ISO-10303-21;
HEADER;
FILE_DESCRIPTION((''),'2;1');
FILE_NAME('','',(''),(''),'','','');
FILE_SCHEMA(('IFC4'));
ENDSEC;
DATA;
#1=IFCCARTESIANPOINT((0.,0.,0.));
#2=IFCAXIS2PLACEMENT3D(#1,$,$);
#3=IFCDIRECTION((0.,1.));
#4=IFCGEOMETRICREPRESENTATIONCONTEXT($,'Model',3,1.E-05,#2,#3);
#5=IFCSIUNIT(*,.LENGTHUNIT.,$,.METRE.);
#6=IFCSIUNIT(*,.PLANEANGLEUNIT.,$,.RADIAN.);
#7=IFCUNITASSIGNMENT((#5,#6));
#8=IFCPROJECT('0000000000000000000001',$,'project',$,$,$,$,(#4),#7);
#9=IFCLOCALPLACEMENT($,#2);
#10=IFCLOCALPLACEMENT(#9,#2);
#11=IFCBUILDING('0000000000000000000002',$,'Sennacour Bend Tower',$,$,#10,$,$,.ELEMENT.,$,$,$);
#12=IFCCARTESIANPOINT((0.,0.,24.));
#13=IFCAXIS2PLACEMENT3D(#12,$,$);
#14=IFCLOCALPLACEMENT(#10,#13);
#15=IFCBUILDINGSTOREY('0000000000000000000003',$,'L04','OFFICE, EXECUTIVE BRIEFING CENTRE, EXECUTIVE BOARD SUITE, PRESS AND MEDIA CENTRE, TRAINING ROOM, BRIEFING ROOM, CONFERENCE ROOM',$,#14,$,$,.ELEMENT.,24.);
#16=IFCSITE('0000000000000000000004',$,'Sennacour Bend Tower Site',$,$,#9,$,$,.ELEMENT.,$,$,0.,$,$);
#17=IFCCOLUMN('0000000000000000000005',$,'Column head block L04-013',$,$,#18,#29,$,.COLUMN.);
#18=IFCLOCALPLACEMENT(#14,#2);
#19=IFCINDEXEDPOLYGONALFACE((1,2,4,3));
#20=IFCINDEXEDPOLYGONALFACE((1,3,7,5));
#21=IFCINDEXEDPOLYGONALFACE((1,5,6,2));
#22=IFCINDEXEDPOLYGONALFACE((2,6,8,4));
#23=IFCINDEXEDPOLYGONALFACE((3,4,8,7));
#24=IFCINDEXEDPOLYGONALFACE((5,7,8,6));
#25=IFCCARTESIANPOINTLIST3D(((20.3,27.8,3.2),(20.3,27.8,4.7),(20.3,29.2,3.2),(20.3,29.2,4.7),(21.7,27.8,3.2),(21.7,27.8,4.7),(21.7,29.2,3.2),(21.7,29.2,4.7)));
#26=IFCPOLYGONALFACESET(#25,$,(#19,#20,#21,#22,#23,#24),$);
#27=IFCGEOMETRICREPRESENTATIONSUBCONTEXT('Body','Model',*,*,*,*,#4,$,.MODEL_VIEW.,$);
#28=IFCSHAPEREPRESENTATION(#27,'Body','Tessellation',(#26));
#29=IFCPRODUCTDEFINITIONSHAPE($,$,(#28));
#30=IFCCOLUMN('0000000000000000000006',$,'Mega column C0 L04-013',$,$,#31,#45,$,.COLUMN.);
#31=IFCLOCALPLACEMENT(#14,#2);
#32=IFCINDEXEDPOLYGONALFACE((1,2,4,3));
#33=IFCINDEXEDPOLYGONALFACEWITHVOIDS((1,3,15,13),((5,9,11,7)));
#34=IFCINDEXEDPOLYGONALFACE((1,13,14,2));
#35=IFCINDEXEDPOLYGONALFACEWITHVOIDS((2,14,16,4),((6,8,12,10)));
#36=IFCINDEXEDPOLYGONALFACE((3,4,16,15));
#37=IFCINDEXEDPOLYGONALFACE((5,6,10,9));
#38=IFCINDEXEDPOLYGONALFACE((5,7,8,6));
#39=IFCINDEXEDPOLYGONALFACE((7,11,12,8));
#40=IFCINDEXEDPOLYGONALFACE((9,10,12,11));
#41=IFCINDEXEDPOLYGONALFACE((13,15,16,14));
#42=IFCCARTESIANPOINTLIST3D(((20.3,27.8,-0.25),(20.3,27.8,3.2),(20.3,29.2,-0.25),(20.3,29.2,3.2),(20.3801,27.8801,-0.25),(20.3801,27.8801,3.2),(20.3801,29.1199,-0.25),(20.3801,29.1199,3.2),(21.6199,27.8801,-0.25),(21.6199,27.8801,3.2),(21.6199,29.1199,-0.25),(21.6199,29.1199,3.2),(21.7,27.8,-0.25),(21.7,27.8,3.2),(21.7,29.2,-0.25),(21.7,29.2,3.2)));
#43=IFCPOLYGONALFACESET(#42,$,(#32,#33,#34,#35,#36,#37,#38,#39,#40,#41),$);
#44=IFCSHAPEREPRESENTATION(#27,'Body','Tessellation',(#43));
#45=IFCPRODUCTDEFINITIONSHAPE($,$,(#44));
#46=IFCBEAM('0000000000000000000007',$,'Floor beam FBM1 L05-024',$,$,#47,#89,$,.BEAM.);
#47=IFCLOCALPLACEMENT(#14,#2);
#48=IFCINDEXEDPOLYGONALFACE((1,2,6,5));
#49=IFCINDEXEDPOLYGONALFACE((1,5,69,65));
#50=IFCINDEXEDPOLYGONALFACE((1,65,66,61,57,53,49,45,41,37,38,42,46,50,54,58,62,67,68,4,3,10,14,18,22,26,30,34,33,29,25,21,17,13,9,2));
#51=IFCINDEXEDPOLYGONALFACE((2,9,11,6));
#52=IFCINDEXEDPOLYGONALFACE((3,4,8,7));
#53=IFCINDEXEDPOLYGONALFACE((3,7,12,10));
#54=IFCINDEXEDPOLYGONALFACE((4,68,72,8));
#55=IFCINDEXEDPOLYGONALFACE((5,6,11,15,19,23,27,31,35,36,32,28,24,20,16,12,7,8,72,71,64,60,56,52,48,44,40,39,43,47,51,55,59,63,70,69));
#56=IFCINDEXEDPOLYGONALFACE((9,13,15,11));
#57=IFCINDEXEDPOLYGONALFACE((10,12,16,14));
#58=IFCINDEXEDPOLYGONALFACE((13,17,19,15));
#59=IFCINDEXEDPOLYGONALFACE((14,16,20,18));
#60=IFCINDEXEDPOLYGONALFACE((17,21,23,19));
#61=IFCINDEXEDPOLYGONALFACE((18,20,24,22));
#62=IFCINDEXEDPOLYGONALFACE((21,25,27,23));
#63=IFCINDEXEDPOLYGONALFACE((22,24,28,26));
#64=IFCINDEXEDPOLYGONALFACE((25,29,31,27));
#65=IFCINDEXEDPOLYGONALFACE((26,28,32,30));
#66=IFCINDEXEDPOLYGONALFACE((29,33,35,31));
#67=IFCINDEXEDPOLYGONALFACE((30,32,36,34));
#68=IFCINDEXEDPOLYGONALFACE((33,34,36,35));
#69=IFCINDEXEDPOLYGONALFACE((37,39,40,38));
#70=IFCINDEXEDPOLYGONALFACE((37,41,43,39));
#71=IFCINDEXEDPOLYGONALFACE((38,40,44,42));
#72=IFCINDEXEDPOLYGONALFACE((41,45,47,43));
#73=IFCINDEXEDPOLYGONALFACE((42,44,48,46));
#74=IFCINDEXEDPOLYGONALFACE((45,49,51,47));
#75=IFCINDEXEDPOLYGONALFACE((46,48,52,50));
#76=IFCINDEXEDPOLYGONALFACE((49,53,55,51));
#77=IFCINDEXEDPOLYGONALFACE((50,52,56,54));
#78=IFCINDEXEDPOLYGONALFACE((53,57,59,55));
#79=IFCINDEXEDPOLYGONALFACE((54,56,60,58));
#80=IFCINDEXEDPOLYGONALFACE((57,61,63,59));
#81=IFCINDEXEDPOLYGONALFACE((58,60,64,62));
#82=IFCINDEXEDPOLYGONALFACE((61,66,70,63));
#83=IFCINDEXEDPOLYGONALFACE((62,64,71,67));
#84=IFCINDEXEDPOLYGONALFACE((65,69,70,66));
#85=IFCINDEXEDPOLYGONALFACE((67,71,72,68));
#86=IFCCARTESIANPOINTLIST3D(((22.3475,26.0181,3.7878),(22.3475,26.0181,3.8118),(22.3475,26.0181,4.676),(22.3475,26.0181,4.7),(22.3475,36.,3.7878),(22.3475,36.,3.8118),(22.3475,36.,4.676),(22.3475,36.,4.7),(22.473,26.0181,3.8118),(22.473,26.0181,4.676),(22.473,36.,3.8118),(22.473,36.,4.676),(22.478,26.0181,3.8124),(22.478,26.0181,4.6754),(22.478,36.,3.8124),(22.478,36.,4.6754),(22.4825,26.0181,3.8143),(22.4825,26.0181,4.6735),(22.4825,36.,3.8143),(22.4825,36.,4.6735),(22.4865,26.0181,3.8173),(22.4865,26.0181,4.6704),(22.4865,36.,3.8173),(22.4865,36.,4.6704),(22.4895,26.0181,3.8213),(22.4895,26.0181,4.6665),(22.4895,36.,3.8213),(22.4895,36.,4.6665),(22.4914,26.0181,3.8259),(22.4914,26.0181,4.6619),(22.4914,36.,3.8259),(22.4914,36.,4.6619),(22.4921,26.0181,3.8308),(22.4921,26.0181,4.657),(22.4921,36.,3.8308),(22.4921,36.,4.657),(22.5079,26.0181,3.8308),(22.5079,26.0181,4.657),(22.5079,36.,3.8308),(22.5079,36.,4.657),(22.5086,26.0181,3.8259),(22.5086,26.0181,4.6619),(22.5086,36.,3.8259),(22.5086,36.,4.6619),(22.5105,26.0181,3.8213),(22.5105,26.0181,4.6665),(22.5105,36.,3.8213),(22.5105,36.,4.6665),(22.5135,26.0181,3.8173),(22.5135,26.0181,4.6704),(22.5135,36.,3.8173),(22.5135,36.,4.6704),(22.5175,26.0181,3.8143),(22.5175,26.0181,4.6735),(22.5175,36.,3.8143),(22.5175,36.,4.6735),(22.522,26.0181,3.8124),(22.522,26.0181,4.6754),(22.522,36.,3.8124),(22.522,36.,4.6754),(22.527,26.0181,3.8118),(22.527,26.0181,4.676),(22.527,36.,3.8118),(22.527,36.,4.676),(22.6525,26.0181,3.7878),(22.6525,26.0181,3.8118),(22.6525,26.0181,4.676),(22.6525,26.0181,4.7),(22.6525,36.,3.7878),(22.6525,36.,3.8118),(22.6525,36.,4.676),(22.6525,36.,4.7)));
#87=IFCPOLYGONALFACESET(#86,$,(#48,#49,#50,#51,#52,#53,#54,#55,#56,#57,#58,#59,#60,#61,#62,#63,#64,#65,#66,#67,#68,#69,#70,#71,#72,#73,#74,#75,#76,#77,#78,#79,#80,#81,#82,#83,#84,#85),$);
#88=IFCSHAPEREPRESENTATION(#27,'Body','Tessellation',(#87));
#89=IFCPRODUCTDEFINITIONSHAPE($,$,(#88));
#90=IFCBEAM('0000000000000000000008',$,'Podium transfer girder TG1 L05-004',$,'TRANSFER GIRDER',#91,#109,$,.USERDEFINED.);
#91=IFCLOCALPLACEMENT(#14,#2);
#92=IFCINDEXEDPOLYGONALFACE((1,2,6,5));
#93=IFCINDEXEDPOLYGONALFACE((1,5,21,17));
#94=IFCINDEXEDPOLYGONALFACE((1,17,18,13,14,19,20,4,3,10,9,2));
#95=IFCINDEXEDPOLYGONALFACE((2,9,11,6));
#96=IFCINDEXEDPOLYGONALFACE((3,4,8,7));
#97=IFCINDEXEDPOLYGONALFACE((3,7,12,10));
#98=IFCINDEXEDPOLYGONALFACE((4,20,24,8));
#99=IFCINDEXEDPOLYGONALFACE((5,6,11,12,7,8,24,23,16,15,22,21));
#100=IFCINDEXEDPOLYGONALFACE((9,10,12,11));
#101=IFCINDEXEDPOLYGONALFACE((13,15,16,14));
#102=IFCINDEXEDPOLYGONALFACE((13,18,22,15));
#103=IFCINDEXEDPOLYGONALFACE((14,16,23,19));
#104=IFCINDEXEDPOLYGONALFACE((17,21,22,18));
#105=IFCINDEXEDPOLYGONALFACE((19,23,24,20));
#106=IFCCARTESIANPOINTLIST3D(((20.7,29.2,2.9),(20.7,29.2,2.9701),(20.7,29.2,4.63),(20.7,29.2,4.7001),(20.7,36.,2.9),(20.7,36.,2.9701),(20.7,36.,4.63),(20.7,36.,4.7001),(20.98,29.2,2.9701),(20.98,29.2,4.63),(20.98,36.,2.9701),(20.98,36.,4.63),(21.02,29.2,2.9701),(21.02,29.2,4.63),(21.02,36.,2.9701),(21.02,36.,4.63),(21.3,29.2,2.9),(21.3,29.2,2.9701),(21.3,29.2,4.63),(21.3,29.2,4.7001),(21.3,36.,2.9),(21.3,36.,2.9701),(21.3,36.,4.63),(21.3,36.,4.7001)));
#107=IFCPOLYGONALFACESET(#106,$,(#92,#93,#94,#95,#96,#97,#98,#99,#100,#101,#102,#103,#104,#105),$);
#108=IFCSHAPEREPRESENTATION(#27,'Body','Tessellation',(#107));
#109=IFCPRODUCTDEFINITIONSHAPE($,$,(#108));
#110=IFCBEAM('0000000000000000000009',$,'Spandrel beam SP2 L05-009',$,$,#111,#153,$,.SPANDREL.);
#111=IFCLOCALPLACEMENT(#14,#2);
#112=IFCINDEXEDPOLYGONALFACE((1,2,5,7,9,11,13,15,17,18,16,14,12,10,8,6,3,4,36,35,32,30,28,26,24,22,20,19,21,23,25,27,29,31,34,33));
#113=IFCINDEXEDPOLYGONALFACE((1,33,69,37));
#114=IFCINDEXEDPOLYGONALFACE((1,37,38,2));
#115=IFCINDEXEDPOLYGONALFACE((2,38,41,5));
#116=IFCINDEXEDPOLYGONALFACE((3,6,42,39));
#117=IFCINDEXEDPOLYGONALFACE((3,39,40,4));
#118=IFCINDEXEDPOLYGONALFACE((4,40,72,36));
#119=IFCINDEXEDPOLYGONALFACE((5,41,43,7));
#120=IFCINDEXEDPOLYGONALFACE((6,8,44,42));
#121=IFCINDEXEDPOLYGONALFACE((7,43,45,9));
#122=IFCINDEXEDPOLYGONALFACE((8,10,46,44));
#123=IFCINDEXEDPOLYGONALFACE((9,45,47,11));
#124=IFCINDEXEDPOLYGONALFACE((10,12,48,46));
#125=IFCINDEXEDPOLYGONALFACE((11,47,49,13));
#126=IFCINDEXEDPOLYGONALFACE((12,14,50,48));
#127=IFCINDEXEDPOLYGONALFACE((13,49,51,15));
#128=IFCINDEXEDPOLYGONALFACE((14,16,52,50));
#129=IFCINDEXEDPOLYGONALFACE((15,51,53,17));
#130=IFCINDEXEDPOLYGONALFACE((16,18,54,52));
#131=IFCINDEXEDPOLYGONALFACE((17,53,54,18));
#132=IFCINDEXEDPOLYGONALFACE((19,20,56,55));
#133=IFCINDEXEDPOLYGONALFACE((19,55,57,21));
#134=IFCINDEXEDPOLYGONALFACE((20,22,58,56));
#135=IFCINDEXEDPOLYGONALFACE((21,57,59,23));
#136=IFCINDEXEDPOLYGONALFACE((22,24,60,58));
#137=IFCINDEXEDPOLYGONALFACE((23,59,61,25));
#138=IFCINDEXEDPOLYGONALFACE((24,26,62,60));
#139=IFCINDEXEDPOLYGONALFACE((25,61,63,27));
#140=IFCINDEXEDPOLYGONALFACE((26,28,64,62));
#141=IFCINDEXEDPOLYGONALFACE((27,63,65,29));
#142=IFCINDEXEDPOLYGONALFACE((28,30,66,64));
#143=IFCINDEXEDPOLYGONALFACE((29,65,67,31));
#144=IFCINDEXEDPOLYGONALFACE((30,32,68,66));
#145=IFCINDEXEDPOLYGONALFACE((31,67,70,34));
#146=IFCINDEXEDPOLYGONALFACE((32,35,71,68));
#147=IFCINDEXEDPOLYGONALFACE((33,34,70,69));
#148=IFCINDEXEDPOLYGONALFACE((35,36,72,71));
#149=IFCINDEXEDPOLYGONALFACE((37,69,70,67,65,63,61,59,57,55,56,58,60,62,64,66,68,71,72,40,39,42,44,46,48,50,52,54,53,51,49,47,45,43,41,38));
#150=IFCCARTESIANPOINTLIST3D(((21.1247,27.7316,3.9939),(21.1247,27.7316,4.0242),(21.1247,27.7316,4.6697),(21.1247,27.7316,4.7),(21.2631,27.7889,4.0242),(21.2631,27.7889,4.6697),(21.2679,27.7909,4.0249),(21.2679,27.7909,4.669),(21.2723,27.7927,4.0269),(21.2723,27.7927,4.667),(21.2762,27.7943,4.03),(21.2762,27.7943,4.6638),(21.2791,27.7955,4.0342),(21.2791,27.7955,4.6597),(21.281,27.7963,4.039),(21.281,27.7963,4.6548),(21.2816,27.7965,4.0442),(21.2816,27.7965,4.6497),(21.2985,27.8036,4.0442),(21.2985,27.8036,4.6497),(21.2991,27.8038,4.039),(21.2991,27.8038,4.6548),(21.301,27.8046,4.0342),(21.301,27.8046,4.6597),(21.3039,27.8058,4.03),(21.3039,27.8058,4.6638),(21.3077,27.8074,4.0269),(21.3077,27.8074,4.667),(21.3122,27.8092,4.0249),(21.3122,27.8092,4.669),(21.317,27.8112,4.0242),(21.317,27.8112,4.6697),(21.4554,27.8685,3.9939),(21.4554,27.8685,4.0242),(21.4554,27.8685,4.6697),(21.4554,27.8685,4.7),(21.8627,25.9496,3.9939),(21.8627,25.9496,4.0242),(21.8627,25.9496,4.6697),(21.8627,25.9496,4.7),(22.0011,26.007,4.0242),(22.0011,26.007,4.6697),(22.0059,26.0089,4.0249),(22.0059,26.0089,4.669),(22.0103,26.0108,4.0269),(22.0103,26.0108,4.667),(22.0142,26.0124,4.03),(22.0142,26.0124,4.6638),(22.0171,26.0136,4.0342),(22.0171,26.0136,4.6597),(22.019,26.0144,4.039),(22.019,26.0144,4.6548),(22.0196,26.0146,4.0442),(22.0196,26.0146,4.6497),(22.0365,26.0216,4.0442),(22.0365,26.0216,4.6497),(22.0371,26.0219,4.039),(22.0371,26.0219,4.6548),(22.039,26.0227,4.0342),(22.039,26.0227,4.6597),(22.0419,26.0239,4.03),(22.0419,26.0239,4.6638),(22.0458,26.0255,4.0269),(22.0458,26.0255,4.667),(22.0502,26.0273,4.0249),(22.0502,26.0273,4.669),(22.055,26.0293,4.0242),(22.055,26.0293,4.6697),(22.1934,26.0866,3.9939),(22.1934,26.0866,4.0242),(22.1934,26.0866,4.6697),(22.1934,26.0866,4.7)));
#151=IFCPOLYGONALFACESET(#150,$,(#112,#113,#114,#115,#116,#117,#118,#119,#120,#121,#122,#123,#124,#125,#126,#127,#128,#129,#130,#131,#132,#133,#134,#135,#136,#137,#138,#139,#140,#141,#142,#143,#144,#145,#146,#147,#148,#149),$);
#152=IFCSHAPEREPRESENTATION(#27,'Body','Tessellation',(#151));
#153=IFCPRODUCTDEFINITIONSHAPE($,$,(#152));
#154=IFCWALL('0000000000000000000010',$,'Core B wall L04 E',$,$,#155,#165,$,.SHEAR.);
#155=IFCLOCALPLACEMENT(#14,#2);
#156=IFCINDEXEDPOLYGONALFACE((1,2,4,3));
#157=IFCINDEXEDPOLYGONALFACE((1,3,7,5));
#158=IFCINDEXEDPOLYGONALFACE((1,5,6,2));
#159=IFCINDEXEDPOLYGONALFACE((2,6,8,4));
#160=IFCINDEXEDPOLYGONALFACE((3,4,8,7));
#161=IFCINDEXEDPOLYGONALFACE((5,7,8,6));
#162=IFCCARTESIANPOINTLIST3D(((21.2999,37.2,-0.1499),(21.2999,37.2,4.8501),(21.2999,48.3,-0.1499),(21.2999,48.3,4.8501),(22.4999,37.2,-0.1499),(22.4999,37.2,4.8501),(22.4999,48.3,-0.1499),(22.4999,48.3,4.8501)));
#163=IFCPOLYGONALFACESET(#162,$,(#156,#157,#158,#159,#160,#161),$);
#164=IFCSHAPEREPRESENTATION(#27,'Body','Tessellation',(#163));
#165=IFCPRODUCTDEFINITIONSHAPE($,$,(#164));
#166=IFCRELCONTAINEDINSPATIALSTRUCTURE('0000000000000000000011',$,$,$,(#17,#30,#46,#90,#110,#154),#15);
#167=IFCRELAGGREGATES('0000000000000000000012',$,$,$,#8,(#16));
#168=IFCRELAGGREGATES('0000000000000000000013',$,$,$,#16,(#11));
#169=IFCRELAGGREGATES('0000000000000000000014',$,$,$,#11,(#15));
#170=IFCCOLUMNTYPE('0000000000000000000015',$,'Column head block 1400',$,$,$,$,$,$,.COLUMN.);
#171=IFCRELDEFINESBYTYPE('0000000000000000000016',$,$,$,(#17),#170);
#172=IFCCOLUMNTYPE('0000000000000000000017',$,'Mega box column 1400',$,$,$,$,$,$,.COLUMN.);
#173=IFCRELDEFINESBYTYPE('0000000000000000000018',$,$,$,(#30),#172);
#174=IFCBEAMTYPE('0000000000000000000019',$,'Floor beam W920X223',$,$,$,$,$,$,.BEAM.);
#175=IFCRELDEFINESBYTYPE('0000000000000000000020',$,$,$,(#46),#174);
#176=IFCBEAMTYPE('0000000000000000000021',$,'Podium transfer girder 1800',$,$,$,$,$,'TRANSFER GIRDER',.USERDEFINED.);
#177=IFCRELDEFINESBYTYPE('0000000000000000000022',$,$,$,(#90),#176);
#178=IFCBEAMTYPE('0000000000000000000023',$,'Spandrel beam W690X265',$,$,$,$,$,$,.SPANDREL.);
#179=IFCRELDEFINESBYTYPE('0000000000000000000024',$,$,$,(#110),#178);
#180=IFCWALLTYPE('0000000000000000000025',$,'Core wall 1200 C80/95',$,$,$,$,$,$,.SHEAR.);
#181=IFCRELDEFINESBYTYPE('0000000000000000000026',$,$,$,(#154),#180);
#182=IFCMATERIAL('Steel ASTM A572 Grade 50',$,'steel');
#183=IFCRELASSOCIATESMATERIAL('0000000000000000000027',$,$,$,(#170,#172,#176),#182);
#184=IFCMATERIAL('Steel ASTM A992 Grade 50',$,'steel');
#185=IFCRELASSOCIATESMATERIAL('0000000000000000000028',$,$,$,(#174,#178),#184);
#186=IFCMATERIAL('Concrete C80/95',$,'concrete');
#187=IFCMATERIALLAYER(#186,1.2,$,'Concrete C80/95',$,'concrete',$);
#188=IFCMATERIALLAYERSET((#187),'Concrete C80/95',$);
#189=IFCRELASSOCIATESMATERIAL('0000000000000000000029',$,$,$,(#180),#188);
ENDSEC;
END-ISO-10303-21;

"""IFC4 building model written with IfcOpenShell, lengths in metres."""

from ifc_helpers import new_model, si_unit, direction, frame, frame_2d, origin, origin_2d, place, context, subcontext, project, spatial, rectangle, hollow_rectangle, i_section, extrude, material, layer, layer_set, material_profile, profile_set, type_object, element, save


model = new_model("IFC4")

# Units and contexts
model_context = context("Model", 3, precision=1e-05, world=origin(), true_north=direction((0.0, 1.0)))
body_context = subcontext(model_context, "Body", "Model", "MODEL_VIEW")
ifc_project = project(units=[si_unit("LENGTHUNIT", "METRE"), si_unit("PLANEANGLEUNIT", "RADIAN")], contexts=[model_context])

# Site, building, storey
site_placement = place(None, origin())
site = spatial("IfcSite", under=ifc_project, at=site_placement, Name="Sennacour Bend Tower Site", CompositionType="ELEMENT", RefElevation=0.0)
building_placement = place(site_placement, origin())
building = spatial("IfcBuilding", under=site, at=building_placement, Name="Sennacour Bend Tower", CompositionType="ELEMENT")
storey_placement = place(building_placement, frame((0.0, 0.0, 24.0)))
storey = spatial("IfcBuildingStorey", under=building, at=storey_placement, Name="L04", Description="OFFICE, EXECUTIVE BRIEFING CENTRE, EXECUTIVE BOARD SUITE, PRESS AND MEDIA CENTRE, TRAINING ROOM, BRIEFING ROOM, CONFERENCE ROOM", CompositionType="ELEMENT", Elevation=24.0)

# Columns
ifc_material_1 = material(Name="Steel ASTM A572 Grade 50", Category="steel")
ifc_material_profile_1 = material_profile(ifc_material_1, rectangle(XDim=1.3999, YDim=1.3999, at=origin_2d()), Name="Steel ASTM A572 Grade 50", Category="steel")
ifc_profile_set_1 = profile_set([ifc_material_profile_1], Name="Steel ASTM A572 Grade 50")
column_type_1 = type_object("IfcColumnType", Name="Column head block 1400", PredefinedType="COLUMN", material=ifc_profile_set_1)
column_1_placement = place(storey_placement, frame((21.0, 28.5, 3.2), z_axis=(0.0, 0.0, 1.0), x_axis=(1.0, 0.0, 0.0)))
element("IfcColumn", 1, at=column_1_placement, inside=storey, type_object=column_type_1, Name="Column head block L04-013", PredefinedType="COLUMN", context=body_context, shape_type="SweptSolid", body=[
    extrude(rectangle(XDim=1.3999, YDim=1.3999, at=origin_2d()), origin(), (0.0, 0.0, 1.0), 1.5),
])
ifc_material_profile_2 = material_profile(ifc_material_1, hollow_rectangle(XDim=1.3999, YDim=1.3999, WallThickness=0.0801, at=origin_2d()), Name="Steel ASTM A572 Grade 50", Category="steel")
ifc_profile_set_2 = profile_set([ifc_material_profile_2], Name="Steel ASTM A572 Grade 50")
column_type_2 = type_object("IfcColumnType", Name="Mega box column 1400", PredefinedType="COLUMN", material=ifc_profile_set_2)
column_2_placement = place(storey_placement, frame((21.0, 28.5, -0.25), z_axis=(0.0, 0.0, 1.0), x_axis=(1.0, 0.0, 0.0)))
element("IfcColumn", 2, at=column_2_placement, inside=storey, type_object=column_type_2, Name="Mega column C0 L04-013", PredefinedType="COLUMN", context=body_context, shape_type="SweptSolid", body=[
    extrude(hollow_rectangle(XDim=1.3999, YDim=1.3999, WallThickness=0.0801, at=origin_2d()), origin(), (0.0, 0.0, 1.0), 3.45),
])

# Beams
ifc_material_2 = material(Name="Steel ASTM A992 Grade 50", Category="steel")
ifc_material_profile_3 = material_profile(ifc_material_2, i_section(OverallWidth=0.3049, OverallDepth=0.9121, WebThickness=0.0159, FlangeThickness=0.0239, FilletRadius=0.019, at=origin_2d()), Name="Steel ASTM A992 Grade 50", Category="steel")
ifc_profile_set_3 = profile_set([ifc_material_profile_3], Name="Steel ASTM A992 Grade 50")
beam_type_1 = type_object("IfcBeamType", Name="Floor beam W920X223", PredefinedType="BEAM", material=ifc_profile_set_3)
beam_1_placement = place(storey_placement, frame((22.5, 26.0181, 4.2439), z_axis=(0.0, 1.0, 0.0), x_axis=(-1.0, 0.0, 0.0)))
element("IfcBeam", 3, at=beam_1_placement, inside=storey, type_object=beam_type_1, Name="Floor beam FBM1 L05-024", PredefinedType="BEAM", context=body_context, shape_type="SweptSolid", body=[
    extrude(i_section(OverallWidth=0.3049, OverallDepth=0.9121, WebThickness=0.0159, FlangeThickness=0.0239, FilletRadius=0.019, at=origin_2d()), origin(), (0.0, 0.0, 1.0), 9.9819),
])
ifc_material_profile_4 = material_profile(ifc_material_1, i_section(OverallWidth=0.6001, OverallDepth=1.8, WebThickness=0.04, FlangeThickness=0.0701, at=origin_2d()), Name="Steel ASTM A572 Grade 50", Category="steel")
ifc_profile_set_4 = profile_set([ifc_material_profile_4], Name="Steel ASTM A572 Grade 50")
beam_type_2 = type_object("IfcBeamType", Name="Podium transfer girder 1800", ElementType="TRANSFER GIRDER", PredefinedType="USERDEFINED", material=ifc_profile_set_4)
beam_2_placement = place(storey_placement, frame((21.0, 29.2, 3.8), z_axis=(0.0, 1.0, 0.0), x_axis=(-1.0, 0.0, 0.0)))
element("IfcBeam", 4, at=beam_2_placement, inside=storey, type_object=beam_type_2, Name="Podium transfer girder TG1 L05-004", ObjectType="TRANSFER GIRDER", PredefinedType="USERDEFINED", context=body_context, shape_type="SweptSolid", body=[
    extrude(i_section(OverallWidth=0.6001, OverallDepth=1.8, WebThickness=0.04, FlangeThickness=0.0701, at=origin_2d()), origin(), (0.0, 0.0, 1.0), 6.8),
])
ifc_material_profile_5 = material_profile(ifc_material_2, i_section(OverallWidth=0.3579, OverallDepth=0.7061, WebThickness=0.0183, FlangeThickness=0.0303, FilletRadius=0.02, at=origin_2d()), Name="Steel ASTM A992 Grade 50", Category="steel")
ifc_profile_set_5 = profile_set([ifc_material_profile_5], Name="Steel ASTM A992 Grade 50")
beam_type_3 = type_object("IfcBeamType", Name="Spandrel beam W690X265", PredefinedType="SPANDREL", material=ifc_profile_set_5)
beam_3_placement = place(storey_placement, frame((21.29, 27.8, 4.3469), z_axis=(0.382646, -0.923895, 0.0), x_axis=(0.923895, 0.382646, 0.0)))
element("IfcBeam", 5, at=beam_3_placement, inside=storey, type_object=beam_type_3, Name="Spandrel beam SP2 L05-009", PredefinedType="SPANDREL", context=body_context, shape_type="SweptSolid", body=[
    extrude(i_section(OverallWidth=0.3579, OverallDepth=0.7061, WebThickness=0.0183, FlangeThickness=0.0303, FilletRadius=0.02, at=origin_2d()), origin(), (0.0, 0.0, 1.0), 1.9287),
])

# Wall
ifc_material_3 = material(Name="Concrete C80/95", Category="concrete")
ifc_layer_1 = layer(ifc_material_3, 1.2, Name="Concrete C80/95", Category="concrete")
ifc_layer_set_1 = layer_set([ifc_layer_1], Name="Concrete C80/95")
wall_type_1 = type_object("IfcWallType", Name="Core wall 1200 C80/95", PredefinedType="SHEAR", material=ifc_layer_set_1)
wall_1_placement = place(storey_placement, frame((21.8999, 37.2, -0.1499), z_axis=(0.0, 0.0, 1.0), x_axis=(0.0, 1.0, 0.0)))
element("IfcWall", 6, at=wall_1_placement, inside=storey, type_object=wall_type_1, Name="Core B wall L04 E", PredefinedType="SHEAR", context=body_context, shape_type="SweptSolid", body=[
    extrude(rectangle(XDim=11.1001, YDim=1.2, at=frame_2d((5.55, 0.0))), origin(), (0.0, 0.0, 1.0), 5.0),
])

save(model, "model.ifc")
